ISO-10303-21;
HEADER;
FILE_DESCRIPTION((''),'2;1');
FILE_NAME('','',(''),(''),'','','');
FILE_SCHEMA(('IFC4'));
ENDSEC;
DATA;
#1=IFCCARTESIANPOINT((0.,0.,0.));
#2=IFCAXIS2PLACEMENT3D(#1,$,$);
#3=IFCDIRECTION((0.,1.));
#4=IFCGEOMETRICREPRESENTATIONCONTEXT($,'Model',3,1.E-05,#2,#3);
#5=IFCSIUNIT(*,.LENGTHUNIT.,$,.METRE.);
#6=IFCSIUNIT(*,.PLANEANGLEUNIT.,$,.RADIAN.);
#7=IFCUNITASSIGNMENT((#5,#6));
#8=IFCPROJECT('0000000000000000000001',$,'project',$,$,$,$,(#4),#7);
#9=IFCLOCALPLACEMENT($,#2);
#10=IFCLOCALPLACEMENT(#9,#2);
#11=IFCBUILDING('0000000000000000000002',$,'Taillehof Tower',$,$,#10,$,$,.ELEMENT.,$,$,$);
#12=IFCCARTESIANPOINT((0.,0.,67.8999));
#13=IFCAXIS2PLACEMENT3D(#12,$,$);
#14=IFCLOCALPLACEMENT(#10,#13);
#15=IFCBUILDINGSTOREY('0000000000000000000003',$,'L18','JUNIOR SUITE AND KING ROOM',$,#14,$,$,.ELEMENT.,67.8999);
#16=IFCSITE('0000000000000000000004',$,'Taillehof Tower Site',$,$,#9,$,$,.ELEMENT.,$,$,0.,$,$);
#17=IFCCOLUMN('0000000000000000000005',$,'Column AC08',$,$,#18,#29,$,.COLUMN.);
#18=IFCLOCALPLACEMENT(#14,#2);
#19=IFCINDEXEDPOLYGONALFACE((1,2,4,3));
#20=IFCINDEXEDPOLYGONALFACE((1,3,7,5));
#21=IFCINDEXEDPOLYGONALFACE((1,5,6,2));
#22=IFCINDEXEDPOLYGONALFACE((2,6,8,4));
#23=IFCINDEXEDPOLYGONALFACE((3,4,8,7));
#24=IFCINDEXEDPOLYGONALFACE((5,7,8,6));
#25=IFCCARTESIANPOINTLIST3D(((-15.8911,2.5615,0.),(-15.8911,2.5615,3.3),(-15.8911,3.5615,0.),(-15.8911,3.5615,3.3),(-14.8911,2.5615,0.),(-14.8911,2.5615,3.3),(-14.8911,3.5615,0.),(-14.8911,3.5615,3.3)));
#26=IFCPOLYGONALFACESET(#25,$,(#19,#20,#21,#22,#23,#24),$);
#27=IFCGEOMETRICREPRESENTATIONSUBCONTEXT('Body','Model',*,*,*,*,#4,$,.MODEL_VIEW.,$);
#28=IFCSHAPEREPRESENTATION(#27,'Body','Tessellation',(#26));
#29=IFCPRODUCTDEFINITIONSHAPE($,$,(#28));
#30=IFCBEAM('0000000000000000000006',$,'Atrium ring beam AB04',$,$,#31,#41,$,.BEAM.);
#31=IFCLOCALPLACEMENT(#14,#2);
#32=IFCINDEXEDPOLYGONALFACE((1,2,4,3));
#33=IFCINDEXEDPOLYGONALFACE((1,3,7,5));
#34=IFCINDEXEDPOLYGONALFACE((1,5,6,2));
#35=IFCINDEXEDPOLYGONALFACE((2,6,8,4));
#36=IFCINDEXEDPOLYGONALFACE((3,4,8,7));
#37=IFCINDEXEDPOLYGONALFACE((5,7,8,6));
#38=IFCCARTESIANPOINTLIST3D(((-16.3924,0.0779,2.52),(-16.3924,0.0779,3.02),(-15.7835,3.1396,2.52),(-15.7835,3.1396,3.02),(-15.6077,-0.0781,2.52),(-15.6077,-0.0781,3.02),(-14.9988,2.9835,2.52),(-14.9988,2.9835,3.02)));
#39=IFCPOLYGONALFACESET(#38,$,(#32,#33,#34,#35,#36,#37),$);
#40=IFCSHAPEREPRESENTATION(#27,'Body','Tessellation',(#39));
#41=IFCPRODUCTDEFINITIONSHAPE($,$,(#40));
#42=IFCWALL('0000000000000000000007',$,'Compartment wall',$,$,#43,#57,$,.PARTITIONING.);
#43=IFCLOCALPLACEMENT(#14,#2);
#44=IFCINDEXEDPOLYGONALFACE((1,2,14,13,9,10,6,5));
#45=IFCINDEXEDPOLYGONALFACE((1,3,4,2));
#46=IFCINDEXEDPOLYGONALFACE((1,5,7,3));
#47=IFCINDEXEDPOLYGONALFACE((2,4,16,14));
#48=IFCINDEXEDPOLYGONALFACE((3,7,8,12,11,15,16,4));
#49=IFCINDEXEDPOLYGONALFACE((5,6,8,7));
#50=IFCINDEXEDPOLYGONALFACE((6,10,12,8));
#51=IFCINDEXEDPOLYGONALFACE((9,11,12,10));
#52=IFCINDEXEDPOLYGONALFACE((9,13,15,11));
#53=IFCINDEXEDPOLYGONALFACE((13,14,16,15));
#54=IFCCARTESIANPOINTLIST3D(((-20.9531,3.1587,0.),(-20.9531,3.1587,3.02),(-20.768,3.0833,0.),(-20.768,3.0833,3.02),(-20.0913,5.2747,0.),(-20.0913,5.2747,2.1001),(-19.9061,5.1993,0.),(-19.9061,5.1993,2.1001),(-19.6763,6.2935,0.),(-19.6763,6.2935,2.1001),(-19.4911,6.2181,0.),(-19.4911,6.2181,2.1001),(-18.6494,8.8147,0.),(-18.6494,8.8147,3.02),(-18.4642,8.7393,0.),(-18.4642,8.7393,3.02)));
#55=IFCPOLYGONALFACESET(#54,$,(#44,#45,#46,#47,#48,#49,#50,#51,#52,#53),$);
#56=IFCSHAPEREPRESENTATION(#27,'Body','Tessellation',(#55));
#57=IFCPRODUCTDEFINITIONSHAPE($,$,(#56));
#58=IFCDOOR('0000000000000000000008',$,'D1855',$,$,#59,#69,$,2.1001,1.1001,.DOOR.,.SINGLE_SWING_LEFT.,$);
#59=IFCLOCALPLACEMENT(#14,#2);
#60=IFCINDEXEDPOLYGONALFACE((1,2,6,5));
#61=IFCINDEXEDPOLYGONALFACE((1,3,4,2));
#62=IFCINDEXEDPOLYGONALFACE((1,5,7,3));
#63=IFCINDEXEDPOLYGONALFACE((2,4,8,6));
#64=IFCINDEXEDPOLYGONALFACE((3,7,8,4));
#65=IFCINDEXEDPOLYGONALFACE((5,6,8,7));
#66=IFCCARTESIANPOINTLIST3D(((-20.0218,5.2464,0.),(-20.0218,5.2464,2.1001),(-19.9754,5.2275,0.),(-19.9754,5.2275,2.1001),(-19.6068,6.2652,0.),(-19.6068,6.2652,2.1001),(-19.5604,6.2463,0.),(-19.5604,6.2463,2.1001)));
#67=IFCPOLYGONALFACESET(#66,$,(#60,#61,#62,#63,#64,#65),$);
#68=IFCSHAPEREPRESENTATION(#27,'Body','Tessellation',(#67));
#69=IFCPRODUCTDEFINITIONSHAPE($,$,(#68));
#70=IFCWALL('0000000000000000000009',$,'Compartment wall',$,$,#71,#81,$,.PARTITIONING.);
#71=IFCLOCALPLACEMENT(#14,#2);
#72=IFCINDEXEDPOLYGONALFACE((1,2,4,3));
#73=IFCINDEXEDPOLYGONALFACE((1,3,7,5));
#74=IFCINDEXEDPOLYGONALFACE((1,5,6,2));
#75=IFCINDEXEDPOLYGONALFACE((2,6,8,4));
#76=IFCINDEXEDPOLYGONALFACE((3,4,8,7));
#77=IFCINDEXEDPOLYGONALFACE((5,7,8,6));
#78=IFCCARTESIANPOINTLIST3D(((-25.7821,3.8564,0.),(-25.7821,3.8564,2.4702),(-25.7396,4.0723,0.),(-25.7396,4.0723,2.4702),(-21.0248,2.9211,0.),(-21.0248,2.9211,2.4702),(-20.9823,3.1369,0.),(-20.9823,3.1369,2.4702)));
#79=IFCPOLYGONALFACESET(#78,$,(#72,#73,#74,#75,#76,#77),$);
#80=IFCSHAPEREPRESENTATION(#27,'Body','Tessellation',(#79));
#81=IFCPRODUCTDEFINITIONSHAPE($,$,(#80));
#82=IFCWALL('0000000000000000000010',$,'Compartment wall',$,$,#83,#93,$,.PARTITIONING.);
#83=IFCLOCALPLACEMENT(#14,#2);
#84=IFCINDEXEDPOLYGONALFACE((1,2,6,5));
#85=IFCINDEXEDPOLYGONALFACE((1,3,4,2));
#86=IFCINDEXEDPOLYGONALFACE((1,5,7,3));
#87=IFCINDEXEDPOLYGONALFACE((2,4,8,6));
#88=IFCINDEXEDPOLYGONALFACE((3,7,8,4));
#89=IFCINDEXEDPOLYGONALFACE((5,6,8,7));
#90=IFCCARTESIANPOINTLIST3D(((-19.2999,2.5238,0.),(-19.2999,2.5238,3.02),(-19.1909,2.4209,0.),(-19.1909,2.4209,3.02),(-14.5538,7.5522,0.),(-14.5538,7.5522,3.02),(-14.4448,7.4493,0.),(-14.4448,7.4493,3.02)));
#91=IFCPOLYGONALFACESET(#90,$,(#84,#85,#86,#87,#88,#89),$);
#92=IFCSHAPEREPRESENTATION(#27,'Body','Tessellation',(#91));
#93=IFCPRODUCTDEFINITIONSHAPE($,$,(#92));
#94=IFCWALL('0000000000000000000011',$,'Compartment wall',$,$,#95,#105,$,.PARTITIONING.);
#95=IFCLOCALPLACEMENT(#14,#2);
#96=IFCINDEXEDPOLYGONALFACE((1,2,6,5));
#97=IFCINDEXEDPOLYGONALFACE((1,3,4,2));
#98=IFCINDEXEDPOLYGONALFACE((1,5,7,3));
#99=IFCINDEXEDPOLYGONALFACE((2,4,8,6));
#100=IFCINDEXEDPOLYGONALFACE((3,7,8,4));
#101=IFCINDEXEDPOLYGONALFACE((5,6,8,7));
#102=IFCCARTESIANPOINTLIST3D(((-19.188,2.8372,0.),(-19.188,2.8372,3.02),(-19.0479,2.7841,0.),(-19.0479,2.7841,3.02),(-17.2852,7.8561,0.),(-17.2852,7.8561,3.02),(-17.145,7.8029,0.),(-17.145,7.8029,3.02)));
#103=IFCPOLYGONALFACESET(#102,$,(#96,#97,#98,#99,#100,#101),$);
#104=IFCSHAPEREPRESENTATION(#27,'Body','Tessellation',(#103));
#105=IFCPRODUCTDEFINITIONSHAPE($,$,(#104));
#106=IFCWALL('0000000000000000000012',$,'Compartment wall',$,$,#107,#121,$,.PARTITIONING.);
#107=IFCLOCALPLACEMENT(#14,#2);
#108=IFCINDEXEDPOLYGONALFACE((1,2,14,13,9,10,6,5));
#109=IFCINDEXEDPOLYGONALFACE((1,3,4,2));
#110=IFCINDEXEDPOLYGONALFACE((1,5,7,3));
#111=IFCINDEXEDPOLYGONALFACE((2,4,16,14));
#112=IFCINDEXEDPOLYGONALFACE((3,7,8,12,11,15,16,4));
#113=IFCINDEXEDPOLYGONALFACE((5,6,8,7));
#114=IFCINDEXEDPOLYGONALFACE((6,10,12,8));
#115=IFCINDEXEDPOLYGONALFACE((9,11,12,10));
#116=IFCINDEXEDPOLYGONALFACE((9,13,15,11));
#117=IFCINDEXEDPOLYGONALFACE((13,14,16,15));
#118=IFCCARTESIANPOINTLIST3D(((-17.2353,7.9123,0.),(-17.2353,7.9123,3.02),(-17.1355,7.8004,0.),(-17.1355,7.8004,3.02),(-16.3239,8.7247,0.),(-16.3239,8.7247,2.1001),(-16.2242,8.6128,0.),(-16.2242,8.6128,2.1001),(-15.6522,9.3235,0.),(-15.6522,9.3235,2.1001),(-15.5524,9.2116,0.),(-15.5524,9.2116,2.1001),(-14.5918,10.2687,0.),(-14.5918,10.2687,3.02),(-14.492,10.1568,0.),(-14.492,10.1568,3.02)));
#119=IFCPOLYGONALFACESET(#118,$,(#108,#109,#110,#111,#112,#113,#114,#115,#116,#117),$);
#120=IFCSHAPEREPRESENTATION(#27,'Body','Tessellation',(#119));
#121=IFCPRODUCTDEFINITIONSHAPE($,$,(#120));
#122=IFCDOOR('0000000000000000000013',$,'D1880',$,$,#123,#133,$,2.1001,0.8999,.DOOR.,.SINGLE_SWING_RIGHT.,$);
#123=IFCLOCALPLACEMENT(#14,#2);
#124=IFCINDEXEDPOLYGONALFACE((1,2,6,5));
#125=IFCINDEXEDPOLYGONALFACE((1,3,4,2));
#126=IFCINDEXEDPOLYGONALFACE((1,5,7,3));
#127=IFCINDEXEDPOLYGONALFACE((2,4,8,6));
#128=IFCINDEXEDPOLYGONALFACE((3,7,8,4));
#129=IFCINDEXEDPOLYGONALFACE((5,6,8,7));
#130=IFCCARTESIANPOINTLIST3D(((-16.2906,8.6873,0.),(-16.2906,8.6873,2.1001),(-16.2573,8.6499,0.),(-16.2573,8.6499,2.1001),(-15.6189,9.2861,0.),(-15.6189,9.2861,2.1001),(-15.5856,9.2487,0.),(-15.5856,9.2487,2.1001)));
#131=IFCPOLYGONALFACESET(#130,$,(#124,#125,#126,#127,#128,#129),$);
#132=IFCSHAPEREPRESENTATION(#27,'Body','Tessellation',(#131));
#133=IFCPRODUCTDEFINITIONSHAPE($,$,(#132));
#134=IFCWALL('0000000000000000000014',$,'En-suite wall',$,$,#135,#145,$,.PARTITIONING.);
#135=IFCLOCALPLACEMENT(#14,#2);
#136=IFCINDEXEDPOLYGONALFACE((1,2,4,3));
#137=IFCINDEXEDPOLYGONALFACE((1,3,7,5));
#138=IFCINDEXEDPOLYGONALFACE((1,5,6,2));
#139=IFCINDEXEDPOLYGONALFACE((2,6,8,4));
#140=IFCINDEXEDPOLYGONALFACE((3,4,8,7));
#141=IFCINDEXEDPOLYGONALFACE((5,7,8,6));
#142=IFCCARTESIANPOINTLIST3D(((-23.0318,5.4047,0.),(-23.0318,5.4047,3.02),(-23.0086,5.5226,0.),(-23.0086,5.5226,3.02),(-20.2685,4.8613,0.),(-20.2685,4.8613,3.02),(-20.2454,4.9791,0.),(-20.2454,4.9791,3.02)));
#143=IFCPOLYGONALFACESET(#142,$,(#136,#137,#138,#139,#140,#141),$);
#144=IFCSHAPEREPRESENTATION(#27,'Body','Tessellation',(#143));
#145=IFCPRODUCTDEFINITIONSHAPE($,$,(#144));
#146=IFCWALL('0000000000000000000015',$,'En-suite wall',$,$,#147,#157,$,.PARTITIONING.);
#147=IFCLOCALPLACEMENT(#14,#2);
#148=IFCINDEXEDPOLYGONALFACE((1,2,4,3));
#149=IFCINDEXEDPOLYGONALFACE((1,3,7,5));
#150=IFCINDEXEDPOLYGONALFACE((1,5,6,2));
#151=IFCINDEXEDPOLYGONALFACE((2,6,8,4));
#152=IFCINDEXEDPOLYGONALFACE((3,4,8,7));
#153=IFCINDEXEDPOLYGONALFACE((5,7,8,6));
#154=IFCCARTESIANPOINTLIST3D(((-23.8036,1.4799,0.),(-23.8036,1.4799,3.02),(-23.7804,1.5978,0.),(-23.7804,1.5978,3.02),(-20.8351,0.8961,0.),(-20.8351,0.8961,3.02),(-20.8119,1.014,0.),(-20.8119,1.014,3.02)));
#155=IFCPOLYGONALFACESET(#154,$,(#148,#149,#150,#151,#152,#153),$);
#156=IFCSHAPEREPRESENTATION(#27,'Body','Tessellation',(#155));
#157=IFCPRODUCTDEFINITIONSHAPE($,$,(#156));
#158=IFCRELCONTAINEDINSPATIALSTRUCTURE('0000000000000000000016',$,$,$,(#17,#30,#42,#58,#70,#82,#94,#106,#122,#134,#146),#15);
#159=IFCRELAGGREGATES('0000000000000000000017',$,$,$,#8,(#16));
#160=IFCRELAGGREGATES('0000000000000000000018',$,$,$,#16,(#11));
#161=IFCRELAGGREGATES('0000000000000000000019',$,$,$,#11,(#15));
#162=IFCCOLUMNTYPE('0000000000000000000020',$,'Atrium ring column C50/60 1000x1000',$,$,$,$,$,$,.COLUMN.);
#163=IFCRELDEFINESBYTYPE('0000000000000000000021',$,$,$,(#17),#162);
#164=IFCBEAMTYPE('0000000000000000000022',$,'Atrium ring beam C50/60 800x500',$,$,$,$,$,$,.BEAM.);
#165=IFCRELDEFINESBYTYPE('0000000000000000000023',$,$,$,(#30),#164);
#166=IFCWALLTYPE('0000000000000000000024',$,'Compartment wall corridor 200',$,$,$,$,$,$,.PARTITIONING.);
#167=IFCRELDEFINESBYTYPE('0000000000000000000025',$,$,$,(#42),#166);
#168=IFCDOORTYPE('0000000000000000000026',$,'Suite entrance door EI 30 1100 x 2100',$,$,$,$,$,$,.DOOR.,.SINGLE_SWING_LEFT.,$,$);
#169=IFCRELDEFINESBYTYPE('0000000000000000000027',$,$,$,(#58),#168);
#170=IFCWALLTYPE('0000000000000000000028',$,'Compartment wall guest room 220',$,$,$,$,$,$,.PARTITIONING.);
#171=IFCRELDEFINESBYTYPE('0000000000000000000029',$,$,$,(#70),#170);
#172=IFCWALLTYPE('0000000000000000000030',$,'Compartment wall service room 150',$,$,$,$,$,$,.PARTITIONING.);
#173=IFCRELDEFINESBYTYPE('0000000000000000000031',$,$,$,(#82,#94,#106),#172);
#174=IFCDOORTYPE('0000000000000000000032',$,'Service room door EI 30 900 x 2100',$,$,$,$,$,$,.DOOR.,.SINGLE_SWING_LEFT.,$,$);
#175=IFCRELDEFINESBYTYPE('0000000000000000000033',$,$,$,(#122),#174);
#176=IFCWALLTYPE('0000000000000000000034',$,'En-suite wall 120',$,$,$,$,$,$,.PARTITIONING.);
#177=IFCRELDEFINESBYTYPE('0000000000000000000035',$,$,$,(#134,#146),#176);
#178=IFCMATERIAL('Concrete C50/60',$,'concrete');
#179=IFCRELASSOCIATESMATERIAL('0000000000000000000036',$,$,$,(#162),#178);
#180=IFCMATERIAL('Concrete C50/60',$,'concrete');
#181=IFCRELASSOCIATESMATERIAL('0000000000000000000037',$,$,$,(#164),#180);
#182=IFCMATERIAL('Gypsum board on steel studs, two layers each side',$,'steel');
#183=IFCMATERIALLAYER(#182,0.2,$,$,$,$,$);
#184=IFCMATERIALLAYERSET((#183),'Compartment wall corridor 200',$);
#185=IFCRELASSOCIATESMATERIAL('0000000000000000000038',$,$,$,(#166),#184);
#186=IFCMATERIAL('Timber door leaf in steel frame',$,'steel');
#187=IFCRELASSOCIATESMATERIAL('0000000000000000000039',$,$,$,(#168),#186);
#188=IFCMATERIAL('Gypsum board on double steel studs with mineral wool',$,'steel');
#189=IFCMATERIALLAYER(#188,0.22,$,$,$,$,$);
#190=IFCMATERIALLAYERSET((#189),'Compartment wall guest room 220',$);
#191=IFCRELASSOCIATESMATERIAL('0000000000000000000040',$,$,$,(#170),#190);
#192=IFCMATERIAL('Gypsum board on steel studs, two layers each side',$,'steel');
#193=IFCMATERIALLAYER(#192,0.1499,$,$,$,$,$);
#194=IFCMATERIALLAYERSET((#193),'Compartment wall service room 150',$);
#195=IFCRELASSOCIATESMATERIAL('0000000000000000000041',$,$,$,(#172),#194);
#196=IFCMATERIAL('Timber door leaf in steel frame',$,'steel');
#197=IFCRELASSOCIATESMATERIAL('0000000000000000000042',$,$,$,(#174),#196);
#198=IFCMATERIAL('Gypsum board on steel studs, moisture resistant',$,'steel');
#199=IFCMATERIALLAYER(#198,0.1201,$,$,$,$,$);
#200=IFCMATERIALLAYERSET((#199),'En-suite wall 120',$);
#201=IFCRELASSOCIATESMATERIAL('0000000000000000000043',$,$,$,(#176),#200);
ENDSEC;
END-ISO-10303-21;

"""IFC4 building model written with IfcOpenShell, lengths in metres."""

from ifc_helpers import new_model, si_unit, direction, frame, frame_2d, origin, origin_2d, place, context, subcontext, project, spatial, rectangle, extrude, material, layer, layer_set, material_profile, profile_set, type_object, element, fill, save


model = new_model("IFC4")

# Units and contexts
model_context = context("Model", 3, precision=1e-05, world=origin(), true_north=direction((0.0, 1.0)))
body_context = subcontext(model_context, "Body", "Model", "MODEL_VIEW")
ifc_project = project(units=[si_unit("LENGTHUNIT", "METRE"), si_unit("PLANEANGLEUNIT", "RADIAN")], contexts=[model_context])

# Site, building, storey
site_placement = place(None, origin())
site = spatial("IfcSite", under=ifc_project, at=site_placement, Name="Taillehof Tower Site", CompositionType="ELEMENT", RefElevation=0.0)
building_placement = place(site_placement, origin())
building = spatial("IfcBuilding", under=site, at=building_placement, Name="Taillehof Tower", CompositionType="ELEMENT")
storey_placement = place(building_placement, frame((0.0, 0.0, 67.8999)))
storey = spatial("IfcBuildingStorey", under=building, at=storey_placement, Name="L18", Description="JUNIOR SUITE AND KING ROOM", CompositionType="ELEMENT", Elevation=67.8999)

# Column
ifc_material_1 = material(Name="Concrete C50/60", Category="concrete")
ifc_material_profile_1 = material_profile(ifc_material_1, rectangle(XDim=1.0, YDim=1.0, at=origin_2d()), Name="RC 1000x1000")
ifc_profile_set_1 = profile_set([ifc_material_profile_1], Name="Concrete C50/60")
column_type = type_object("IfcColumnType", Name="Atrium ring column C50/60 1000x1000", PredefinedType="COLUMN", material=ifc_profile_set_1)
column_placement = place(storey_placement, frame((-15.3911, 3.0615, 0.0), z_axis=(0.0, 0.0, 1.0), x_axis=(1.0, 0.0, 0.0)))
element("IfcColumn", 1, at=column_placement, inside=storey, type_object=column_type, Name="Column AC08", PredefinedType="COLUMN", context=body_context, shape_type="SweptSolid", body=[
    extrude(rectangle(XDim=1.0, YDim=1.0, at=origin_2d()), origin(), (0.0, 0.0, 1.0), 3.3),
])

# Beam
ifc_material_2 = material(Name="Concrete C50/60", Category="concrete")
ifc_material_profile_2 = material_profile(ifc_material_2, rectangle(XDim=0.8, YDim=0.5, at=origin_2d()), Name="RC 800x500")
ifc_profile_set_2 = profile_set([ifc_material_profile_2], Name="Concrete C50/60")
beam_type = type_object("IfcBeamType", Name="Atrium ring beam C50/60 800x500", PredefinedType="BEAM", material=ifc_profile_set_2)
beam_placement = place(storey_placement, frame((-15.3911, 3.0615, 2.77), z_axis=(-0.195063, -0.980791, 0.0), x_axis=(0.980791, -0.195063, 0.0)))
element("IfcBeam", 2, at=beam_placement, inside=storey, type_object=beam_type, Name="Atrium ring beam AB04", PredefinedType="BEAM", context=body_context, shape_type="SweptSolid", body=[
    extrude(rectangle(XDim=0.8, YDim=0.5, at=origin_2d()), origin(), (0.0, 0.0, 1.0), 3.1216),
])

# Wall, opening, door
ifc_material_3 = material(Name="Gypsum board on steel studs, two layers each side", Category="steel")
ifc_layer_1 = layer(ifc_material_3, 0.2)
ifc_layer_set_1 = layer_set([ifc_layer_1], Name="Compartment wall corridor 200")
wall_type_1 = type_object("IfcWallType", Name="Compartment wall corridor 200", PredefinedType="PARTITIONING", material=ifc_layer_set_1)
wall_1_placement = place(storey_placement, frame((-20.8606, 3.1208, 0.0), z_axis=(0.0, 0.0, 1.0), x_axis=(0.377214, 0.926126, 0.0)))
wall_1 = element("IfcWall", 3, at=wall_1_placement, inside=storey, type_object=wall_type_1, Name="Compartment wall", PredefinedType="PARTITIONING", context=body_context, shape_type="SweptSolid", body=[
    extrude(rectangle(XDim=6.1072, YDim=0.2, at=frame_2d((3.0537, 0.0))), origin(), (0.0, 0.0, 1.0), 3.02),
])
opening_1_placement = place(wall_1_placement, frame((2.2849, 0.0, 0.0)))
opening_1 = element("IfcOpeningElement", 4, at=opening_1_placement, cuts=wall_1, PredefinedType="OPENING", context=body_context, shape_type="SweptSolid", body=[
    extrude(rectangle(XDim=1.1001, YDim=2.1001, at=frame_2d((0.55, 1.05))), frame((0.0, 0.1099, 0.0), z_axis=(0.0, -1.0, 0.0), x_axis=(1.0, 0.0, 0.0)), (0.0, 0.0, 1.0), 0.22),
])
ifc_material_4 = material(Name="Timber door leaf in steel frame", Category="steel")
door_type_1 = type_object("IfcDoorType", Name="Suite entrance door EI 30 1100 x 2100", OperationType="SINGLE_SWING_LEFT", PredefinedType="DOOR", material=ifc_material_4)
door_1_placement = place(opening_1_placement, origin())
door_1 = element("IfcDoor", 5, at=door_1_placement, inside=storey, type_object=door_type_1, Name="D1855", OperationType="SINGLE_SWING_LEFT", OverallHeight=2.1001, OverallWidth=1.1001, PredefinedType="DOOR", context=body_context, shape_type="SweptSolid", body=[
    extrude(rectangle(XDim=1.1001, YDim=2.1001, at=frame_2d((0.55, 1.05))), frame((0.0, 0.0249, 0.0), z_axis=(0.0, -1.0, 0.0), x_axis=(1.0, 0.0, 0.0)), (0.0, 0.0, 1.0), 0.05),
])
fill(opening_1, door_1)

# Walls
ifc_material_5 = material(Name="Gypsum board on double steel studs with mineral wool", Category="steel")
ifc_layer_2 = layer(ifc_material_5, 0.22)
ifc_layer_set_2 = layer_set([ifc_layer_2], Name="Compartment wall guest room 220")
wall_type_2 = type_object("IfcWallType", Name="Compartment wall guest room 220", PredefinedType="PARTITIONING", material=ifc_layer_set_2)
wall_2_placement = place(storey_placement, frame((-25.761, 3.9644, 0.0), z_axis=(0.0, 0.0, 1.0), x_axis=(0.981216, -0.19291, 0.0)))
element("IfcWall", 6, at=wall_2_placement, inside=storey, type_object=wall_type_2, Name="Compartment wall", PredefinedType="PARTITIONING", context=body_context, shape_type="SweptSolid", body=[
    extrude(rectangle(XDim=4.8484, YDim=0.22, at=frame_2d((2.4243, 0.0))), origin(), (0.0, 0.0, 1.0), 2.4702),
])
ifc_material_6 = material(Name="Gypsum board on steel studs, two layers each side", Category="steel")
ifc_layer_3 = layer(ifc_material_6, 0.1499)
ifc_layer_set_3 = layer_set([ifc_layer_3], Name="Compartment wall service room 150")
wall_type_3 = type_object("IfcWallType", Name="Compartment wall service room 150", PredefinedType="PARTITIONING", material=ifc_layer_set_3)
wall_3_placement = place(storey_placement, frame((-14.4993, 7.5007, 0.0), z_axis=(0.0, 0.0, 1.0), x_axis=(-0.686404, -0.727221, 0.0)))
element("IfcWall", 7, at=wall_3_placement, inside=storey, type_object=wall_type_3, Name="Compartment wall", PredefinedType="PARTITIONING", context=body_context, shape_type="SweptSolid", body=[
    extrude(rectangle(XDim=6.9146, YDim=0.1499, at=frame_2d((3.4573, 0.0))), origin(), (0.0, 0.0, 1.0), 3.02),
])
wall_4_placement = place(storey_placement, frame((-19.1179, 2.8108, 0.0), z_axis=(0.0, 0.0, 1.0), x_axis=(0.354516, 0.93505, 0.0)))
element("IfcWall", 8, at=wall_4_placement, inside=storey, type_object=wall_type_3, Name="Compartment wall", PredefinedType="PARTITIONING", context=body_context, shape_type="SweptSolid", body=[
    extrude(rectangle(XDim=5.3674, YDim=0.1499, at=frame_2d((2.6836, 0.0))), origin(), (0.0, 0.0, 1.0), 3.02),
])

# Wall, opening, door
wall_5_placement = place(storey_placement, frame((-17.1853, 7.8564, 0.0), z_axis=(0.0, 0.0, 1.0), x_axis=(0.746481, 0.665407, 0.0)))
wall_5 = element("IfcWall", 9, at=wall_5_placement, inside=storey, type_object=wall_type_3, Name="Compartment wall", PredefinedType="PARTITIONING", context=body_context, shape_type="SweptSolid", body=[
    extrude(rectangle(XDim=3.5413, YDim=0.1499, at=frame_2d((1.7705, 0.0))), origin(), (0.0, 0.0, 1.0), 3.02),
])
opening_2_placement = place(wall_5_placement, frame((1.2207, 0.0, 0.0)))
opening_2 = element("IfcOpeningElement", 10, at=opening_2_placement, cuts=wall_5, PredefinedType="OPENING", context=body_context, shape_type="SweptSolid", body=[
    extrude(rectangle(XDim=0.8999, YDim=2.1001, at=frame_2d((0.45, 1.05))), frame((0.0, 0.085, 0.0), z_axis=(0.0, -1.0, 0.0), x_axis=(1.0, 0.0, 0.0)), (0.0, 0.0, 1.0), 0.1699),
])
ifc_material_7 = material(Name="Timber door leaf in steel frame", Category="steel")
door_type_2 = type_object("IfcDoorType", Name="Service room door EI 30 900 x 2100", OperationType="SINGLE_SWING_LEFT", PredefinedType="DOOR", material=ifc_material_7)
door_2_placement = place(opening_2_placement, origin())
door_2 = element("IfcDoor", 11, at=door_2_placement, inside=storey, type_object=door_type_2, Name="D1880", OperationType="SINGLE_SWING_RIGHT", OverallHeight=2.1001, OverallWidth=0.8999, PredefinedType="DOOR", context=body_context, shape_type="SweptSolid", body=[
    extrude(rectangle(XDim=0.8999, YDim=2.1001, at=frame_2d((0.45, 1.05))), frame((0.0, 0.0249, 0.0), z_axis=(0.0, -1.0, 0.0), x_axis=(1.0, 0.0, 0.0)), (0.0, 0.0, 1.0), 0.05),
])
fill(opening_2, door_2)

# Walls
ifc_material_8 = material(Name="Gypsum board on steel studs, moisture resistant", Category="steel")
ifc_layer_4 = layer(ifc_material_8, 0.1201)
ifc_layer_set_4 = layer_set([ifc_layer_4], Name="En-suite wall 120")
wall_type_4 = type_object("IfcWallType", Name="En-suite wall 120", PredefinedType="PARTITIONING", material=ifc_layer_set_4)
wall_6_placement = place(storey_placement, frame((-20.2568, 4.9202, 0.0), z_axis=(0.0, 0.0, 1.0), x_axis=(-0.981203, 0.192981, 0.0)))
element("IfcWall", 12, at=wall_6_placement, inside=storey, type_object=wall_type_4, Name="En-suite wall", PredefinedType="PARTITIONING", context=body_context, shape_type="SweptSolid", body=[
    extrude(rectangle(XDim=2.8162, YDim=0.1201, at=frame_2d((1.4082, 0.0))), origin(), (0.0, 0.0, 1.0), 3.02),
])
wall_7_placement = place(storey_placement, frame((-20.8235, 0.9551, 0.0), z_axis=(0.0, 0.0, 1.0), x_axis=(-0.981209, 0.192949, 0.0)))
element("IfcWall", 13, at=wall_7_placement, inside=storey, type_object=wall_type_4, Name="En-suite wall", PredefinedType="PARTITIONING", context=body_context, shape_type="SweptSolid", body=[
    extrude(rectangle(XDim=3.0254, YDim=0.1201, at=frame_2d((1.5127, 0.0))), origin(), (0.0, 0.0, 1.0), 3.02),
])

save(model, "model.ifc")
